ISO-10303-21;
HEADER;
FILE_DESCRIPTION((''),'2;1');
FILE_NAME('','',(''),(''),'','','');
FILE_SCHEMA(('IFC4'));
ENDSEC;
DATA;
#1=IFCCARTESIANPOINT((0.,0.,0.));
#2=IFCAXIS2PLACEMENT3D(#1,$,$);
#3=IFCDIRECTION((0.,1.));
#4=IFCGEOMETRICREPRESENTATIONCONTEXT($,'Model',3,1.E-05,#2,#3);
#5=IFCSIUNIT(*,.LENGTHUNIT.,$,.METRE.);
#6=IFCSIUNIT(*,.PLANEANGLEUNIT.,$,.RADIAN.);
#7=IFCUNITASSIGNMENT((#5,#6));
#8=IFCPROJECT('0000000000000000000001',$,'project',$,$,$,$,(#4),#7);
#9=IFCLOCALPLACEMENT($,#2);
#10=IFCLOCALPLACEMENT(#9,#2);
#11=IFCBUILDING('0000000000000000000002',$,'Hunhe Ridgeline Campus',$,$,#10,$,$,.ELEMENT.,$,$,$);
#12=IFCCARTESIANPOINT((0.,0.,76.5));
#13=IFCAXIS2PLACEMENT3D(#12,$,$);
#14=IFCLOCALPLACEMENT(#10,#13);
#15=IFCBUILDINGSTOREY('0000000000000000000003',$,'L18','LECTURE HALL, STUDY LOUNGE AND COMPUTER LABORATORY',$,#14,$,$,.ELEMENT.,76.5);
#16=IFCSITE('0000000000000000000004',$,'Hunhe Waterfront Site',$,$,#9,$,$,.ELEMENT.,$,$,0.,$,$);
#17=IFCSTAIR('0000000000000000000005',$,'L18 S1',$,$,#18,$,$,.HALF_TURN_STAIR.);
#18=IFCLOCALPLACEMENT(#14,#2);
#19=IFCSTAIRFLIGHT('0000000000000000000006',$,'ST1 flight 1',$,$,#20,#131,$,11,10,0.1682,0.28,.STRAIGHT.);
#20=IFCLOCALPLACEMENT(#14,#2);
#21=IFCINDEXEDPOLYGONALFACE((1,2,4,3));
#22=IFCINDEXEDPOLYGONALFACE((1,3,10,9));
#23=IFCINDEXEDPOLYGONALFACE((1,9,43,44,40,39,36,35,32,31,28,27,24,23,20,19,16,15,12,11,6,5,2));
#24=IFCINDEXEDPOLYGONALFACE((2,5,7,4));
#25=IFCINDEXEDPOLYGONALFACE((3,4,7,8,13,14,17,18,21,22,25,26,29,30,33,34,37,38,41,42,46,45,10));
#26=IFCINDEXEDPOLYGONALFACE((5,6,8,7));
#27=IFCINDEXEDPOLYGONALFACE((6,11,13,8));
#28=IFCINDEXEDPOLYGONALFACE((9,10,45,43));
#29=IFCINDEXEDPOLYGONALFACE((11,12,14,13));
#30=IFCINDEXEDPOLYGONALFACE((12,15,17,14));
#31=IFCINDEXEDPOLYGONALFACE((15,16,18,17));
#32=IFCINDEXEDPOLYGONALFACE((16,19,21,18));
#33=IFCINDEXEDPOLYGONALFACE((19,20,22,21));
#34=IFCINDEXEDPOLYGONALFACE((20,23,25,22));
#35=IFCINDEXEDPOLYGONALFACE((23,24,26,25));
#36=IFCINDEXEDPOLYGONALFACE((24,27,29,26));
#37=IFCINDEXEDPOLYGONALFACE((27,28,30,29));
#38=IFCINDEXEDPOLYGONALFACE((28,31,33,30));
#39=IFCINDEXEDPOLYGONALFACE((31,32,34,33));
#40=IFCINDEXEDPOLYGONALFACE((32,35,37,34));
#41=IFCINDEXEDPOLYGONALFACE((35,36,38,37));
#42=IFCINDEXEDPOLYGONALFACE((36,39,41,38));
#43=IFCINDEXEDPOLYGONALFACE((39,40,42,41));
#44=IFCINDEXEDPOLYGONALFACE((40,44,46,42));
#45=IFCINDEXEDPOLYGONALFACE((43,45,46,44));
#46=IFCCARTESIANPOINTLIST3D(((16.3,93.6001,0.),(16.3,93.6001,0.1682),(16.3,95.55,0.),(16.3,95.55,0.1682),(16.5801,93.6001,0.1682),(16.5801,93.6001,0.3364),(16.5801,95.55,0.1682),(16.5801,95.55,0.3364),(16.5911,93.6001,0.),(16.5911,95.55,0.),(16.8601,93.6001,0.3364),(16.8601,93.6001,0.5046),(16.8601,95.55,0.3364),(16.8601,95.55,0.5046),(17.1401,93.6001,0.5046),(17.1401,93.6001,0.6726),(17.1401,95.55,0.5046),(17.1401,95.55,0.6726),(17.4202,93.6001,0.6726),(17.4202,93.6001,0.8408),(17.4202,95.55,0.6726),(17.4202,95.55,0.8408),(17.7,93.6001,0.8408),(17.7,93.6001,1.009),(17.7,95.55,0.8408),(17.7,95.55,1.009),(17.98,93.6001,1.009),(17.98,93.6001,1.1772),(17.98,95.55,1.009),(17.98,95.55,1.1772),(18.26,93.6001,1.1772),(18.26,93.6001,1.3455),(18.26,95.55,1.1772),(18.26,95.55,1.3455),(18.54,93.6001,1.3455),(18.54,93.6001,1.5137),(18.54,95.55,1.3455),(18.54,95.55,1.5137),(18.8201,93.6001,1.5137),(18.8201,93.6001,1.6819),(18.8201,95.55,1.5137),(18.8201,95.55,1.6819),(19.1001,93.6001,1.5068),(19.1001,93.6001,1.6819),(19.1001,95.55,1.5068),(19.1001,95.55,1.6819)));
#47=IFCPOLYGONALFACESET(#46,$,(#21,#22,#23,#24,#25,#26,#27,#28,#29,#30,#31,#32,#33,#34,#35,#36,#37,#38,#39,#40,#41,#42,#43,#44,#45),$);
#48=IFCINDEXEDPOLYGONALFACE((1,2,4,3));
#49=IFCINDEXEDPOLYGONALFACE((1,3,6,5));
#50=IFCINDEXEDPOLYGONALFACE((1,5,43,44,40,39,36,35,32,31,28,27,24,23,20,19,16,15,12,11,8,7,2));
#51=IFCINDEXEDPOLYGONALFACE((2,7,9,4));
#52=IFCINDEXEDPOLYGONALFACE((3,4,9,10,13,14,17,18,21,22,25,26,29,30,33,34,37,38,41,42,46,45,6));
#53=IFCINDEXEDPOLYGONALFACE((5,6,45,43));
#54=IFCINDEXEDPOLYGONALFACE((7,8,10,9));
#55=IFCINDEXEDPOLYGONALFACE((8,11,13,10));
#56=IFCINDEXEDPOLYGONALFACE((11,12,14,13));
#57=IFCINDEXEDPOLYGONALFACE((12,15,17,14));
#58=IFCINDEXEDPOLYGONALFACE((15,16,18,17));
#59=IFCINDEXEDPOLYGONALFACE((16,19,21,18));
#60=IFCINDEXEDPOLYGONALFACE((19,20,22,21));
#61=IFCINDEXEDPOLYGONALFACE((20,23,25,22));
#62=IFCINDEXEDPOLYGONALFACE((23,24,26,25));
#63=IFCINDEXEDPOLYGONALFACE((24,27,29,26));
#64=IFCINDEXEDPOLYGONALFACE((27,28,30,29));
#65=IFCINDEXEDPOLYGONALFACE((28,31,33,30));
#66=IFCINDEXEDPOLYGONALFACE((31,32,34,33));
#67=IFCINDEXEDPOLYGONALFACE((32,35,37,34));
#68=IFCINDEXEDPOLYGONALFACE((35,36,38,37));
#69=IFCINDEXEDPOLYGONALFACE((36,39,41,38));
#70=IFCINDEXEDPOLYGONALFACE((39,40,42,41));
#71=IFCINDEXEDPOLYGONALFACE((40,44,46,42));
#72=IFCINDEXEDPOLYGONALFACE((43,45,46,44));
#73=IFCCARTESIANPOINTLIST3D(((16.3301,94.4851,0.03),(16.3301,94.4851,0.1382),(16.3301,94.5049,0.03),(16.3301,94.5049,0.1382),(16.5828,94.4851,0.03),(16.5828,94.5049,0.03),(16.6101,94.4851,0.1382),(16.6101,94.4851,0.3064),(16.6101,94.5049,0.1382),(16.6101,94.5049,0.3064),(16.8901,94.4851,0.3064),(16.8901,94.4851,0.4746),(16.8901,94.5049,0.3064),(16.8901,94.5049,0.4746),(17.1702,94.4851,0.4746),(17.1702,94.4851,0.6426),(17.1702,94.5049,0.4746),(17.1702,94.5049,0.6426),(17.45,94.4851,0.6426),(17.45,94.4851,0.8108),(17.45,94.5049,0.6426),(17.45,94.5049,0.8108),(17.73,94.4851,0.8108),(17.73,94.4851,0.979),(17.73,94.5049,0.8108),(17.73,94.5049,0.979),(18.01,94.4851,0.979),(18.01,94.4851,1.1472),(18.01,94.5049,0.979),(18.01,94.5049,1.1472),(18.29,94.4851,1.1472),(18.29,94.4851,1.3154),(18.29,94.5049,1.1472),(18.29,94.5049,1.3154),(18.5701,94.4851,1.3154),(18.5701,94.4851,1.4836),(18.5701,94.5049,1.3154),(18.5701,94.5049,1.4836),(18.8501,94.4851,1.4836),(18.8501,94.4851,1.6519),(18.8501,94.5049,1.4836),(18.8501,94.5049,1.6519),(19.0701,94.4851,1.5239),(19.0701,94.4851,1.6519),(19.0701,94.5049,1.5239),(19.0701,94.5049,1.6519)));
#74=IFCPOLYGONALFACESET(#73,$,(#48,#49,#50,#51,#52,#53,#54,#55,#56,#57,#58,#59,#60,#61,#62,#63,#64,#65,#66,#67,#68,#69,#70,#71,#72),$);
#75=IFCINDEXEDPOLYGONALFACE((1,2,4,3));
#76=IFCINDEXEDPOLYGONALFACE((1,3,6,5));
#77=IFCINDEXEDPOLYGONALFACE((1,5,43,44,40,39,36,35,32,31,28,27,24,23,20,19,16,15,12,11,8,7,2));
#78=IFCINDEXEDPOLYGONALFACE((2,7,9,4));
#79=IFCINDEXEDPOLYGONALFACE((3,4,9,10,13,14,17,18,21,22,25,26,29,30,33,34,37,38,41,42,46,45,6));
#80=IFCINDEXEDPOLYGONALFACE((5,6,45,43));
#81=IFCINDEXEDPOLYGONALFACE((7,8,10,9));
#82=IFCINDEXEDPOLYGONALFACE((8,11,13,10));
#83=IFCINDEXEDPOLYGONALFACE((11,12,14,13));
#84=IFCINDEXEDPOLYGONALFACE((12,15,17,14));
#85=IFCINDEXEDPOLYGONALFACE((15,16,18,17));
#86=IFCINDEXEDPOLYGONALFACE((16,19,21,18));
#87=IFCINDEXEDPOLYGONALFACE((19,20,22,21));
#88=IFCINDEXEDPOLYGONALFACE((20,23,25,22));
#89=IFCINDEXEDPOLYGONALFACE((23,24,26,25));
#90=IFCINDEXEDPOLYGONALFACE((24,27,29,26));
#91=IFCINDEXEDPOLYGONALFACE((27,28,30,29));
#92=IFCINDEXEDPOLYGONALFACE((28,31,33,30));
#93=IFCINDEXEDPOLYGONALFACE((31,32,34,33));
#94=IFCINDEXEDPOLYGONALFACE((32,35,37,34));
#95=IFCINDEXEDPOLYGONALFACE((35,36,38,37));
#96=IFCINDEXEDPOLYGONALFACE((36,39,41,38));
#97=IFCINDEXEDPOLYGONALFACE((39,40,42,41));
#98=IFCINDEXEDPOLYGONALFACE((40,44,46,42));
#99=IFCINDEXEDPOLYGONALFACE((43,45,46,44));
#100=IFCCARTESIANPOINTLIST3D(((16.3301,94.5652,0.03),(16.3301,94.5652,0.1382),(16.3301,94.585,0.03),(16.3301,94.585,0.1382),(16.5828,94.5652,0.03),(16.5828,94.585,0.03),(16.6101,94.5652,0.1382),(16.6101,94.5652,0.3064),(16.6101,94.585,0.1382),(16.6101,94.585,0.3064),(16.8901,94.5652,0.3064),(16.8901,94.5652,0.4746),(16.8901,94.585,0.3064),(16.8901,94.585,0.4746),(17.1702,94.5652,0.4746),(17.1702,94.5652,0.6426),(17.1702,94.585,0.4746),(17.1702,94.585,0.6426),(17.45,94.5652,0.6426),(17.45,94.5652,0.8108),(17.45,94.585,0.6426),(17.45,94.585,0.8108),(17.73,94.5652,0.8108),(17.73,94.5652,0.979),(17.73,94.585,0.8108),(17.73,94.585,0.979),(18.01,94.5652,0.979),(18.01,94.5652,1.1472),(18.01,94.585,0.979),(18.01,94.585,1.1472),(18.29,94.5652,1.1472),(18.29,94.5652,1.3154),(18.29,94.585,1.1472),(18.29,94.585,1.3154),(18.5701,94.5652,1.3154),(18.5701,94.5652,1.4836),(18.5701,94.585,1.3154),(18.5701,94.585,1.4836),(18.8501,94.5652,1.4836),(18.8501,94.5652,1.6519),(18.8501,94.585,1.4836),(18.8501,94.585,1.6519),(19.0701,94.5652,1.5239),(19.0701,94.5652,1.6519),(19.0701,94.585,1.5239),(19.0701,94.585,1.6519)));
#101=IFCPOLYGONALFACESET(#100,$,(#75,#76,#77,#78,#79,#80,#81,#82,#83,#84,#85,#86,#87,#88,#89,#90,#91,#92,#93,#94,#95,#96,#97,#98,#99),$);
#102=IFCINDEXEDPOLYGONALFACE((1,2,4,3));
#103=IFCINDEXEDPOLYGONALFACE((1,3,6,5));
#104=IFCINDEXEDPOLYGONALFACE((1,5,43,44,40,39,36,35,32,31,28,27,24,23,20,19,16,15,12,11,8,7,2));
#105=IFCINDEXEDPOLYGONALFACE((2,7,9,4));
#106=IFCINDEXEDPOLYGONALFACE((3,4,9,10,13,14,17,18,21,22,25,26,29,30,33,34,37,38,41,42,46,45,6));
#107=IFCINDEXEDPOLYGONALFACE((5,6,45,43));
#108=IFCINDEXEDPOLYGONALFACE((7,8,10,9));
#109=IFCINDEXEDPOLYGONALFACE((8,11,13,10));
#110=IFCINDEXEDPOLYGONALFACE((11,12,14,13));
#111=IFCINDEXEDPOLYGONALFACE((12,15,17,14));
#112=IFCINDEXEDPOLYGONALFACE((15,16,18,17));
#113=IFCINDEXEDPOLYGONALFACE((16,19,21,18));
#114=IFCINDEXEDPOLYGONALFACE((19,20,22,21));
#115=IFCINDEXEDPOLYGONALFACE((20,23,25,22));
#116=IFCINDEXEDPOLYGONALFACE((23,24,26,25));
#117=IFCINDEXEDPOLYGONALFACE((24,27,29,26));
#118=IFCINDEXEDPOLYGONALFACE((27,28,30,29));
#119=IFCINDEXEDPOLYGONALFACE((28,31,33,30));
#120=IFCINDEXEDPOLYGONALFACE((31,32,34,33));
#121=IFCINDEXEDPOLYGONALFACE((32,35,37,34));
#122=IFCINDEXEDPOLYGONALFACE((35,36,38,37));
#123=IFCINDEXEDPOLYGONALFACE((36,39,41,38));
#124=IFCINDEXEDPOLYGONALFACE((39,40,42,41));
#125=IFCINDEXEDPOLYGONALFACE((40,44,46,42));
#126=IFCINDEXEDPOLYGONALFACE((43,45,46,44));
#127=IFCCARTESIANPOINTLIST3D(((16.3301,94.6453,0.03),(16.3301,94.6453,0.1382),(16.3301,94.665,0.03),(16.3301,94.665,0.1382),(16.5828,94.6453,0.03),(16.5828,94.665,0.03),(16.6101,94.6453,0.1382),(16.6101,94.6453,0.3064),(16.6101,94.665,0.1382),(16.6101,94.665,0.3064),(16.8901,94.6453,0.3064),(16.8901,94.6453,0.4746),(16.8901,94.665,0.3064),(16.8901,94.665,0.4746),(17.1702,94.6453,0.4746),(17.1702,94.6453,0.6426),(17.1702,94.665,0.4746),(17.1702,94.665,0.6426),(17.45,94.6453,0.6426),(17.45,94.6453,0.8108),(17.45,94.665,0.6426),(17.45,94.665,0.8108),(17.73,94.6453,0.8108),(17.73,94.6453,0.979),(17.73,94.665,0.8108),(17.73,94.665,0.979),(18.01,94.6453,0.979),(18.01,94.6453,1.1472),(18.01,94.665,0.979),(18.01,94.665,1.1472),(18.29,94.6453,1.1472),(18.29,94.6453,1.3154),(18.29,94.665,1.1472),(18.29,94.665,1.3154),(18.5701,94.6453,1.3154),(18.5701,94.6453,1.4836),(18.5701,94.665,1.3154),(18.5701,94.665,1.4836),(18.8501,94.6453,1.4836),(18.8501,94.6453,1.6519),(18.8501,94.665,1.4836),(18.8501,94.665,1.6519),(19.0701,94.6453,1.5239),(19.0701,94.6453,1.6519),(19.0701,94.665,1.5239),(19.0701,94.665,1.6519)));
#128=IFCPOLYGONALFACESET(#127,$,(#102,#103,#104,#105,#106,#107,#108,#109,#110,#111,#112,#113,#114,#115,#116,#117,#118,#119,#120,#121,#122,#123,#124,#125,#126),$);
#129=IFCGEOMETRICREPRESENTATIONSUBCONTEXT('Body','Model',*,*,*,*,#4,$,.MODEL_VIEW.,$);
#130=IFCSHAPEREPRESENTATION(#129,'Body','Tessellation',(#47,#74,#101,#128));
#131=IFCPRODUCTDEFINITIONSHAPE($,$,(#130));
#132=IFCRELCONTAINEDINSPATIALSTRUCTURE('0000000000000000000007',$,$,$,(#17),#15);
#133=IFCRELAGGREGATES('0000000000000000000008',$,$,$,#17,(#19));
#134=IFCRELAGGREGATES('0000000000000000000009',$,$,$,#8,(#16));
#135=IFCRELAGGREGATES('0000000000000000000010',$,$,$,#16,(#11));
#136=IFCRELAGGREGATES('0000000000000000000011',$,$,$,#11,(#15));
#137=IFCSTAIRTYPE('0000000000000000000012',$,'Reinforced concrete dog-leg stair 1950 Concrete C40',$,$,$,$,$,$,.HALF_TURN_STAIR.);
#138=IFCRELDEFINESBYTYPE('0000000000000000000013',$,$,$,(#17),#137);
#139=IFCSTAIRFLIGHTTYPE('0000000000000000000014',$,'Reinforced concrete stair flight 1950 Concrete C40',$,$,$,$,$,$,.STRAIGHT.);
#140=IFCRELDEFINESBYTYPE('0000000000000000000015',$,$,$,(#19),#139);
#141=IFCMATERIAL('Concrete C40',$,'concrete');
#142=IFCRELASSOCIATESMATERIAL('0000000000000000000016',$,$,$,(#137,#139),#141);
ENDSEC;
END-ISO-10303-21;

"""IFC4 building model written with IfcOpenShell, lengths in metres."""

from ifc_helpers import new_model, si_unit, direction, frame, origin, place, context, subcontext, project, spatial, polyline, outline, extrude, material, type_object, element, aggregate, save


model = new_model("IFC4")

# Units and contexts
model_context = context("Model", 3, precision=1e-05, world=origin(), true_north=direction((0.0, 1.0)))
body_context = subcontext(model_context, "Body", "Model", "MODEL_VIEW")
ifc_project = project(units=[si_unit("LENGTHUNIT", "METRE"), si_unit("PLANEANGLEUNIT", "RADIAN")], contexts=[model_context])

# Site, building, storey
site_placement = place(None, origin())
site = spatial("IfcSite", under=ifc_project, at=site_placement, Name="Hunhe Waterfront Site", CompositionType="ELEMENT", RefElevation=0.0)
building_placement = place(site_placement, origin())
building = spatial("IfcBuilding", under=site, at=building_placement, Name="Hunhe Ridgeline Campus", CompositionType="ELEMENT")
storey_placement = place(building_placement, frame((0.0, 0.0, 76.5)))
storey = spatial("IfcBuildingStorey", under=building, at=storey_placement, Name="L18", Description="LECTURE HALL, STUDY LOUNGE AND COMPUTER LABORATORY", CompositionType="ELEMENT", Elevation=76.5)

# Stair, stair flight
ifc_material_1 = material(Name="Concrete C40", Category="concrete")
stair_type = type_object("IfcStairType", Name="Reinforced concrete dog-leg stair 1950 Concrete C40", PredefinedType="HALF_TURN_STAIR", material=ifc_material_1)
stair_placement = place(storey_placement, origin())
stair = element("IfcStair", 1, at=stair_placement, inside=storey, type_object=stair_type, Name="L18 S1", PredefinedType="HALF_TURN_STAIR")
stair_flight_type = type_object("IfcStairFlightType", Name="Reinforced concrete stair flight 1950 Concrete C40", PredefinedType="STRAIGHT", material=ifc_material_1)
stair_flight_1_placement = place(storey_placement, frame((16.3, 94.575, 0.0), z_axis=(0.0, 0.0, 1.0), x_axis=(1.0, 0.0, 0.0)))
stair_flight_1 = element("IfcStairFlight", 2, at=stair_flight_1_placement, type_object=stair_flight_type, Name="ST1 flight 1", NumberOfRisers=11, NumberOfTreads=10, PredefinedType="STRAIGHT", RiserHeight=0.1682, TreadLength=0.28, context=body_context, shape_type="SweptSolid", body=[
    extrude(outline(polyline([(0.0, 0.0), (0.0, 0.1682), (0.28, 0.1682), (0.28, 0.3364), (0.5601, 0.3364), (0.5601, 0.5046), (0.8401, 0.5046), (0.8401, 0.6726), (1.1201, 0.6726), (1.1201, 0.8408), (1.3999, 0.8408), (1.3999, 1.009), (1.6799, 1.009), (1.6799, 1.1772), (1.96, 1.1772), (1.96, 1.3455), (2.24, 1.3455), (2.24, 1.5137), (2.52, 1.5137), (2.52, 1.6819), (2.8, 1.6819), (2.8, 1.8501), (2.8, 1.5068), (0.291, 0.0), (0.0, 0.0)])), frame((0.0, 0.9751, 0.0), z_axis=(0.0, -1.0, 0.0), x_axis=(1.0, 0.0, 0.0)), (0.0, 0.0, 1.0), 1.95),
    extrude(outline(polyline([(0.03, 0.03), (0.03, 0.1382), (0.3101, 0.1382), (0.3101, 0.3064), (0.5901, 0.3064), (0.5901, 0.4746), (0.8701, 0.4746), (0.8701, 0.6426), (1.1499, 0.6426), (1.1499, 0.8108), (1.4299, 0.8108), (1.4299, 0.979), (1.71, 0.979), (1.71, 1.1472), (1.99, 1.1472), (1.99, 1.3154), (2.27, 1.3154), (2.27, 1.4836), (2.55, 1.4836), (2.55, 1.6519), (2.77, 1.6519), (2.77, 1.5239), (0.2827, 0.03), (0.03, 0.03)])), frame((0.0, -0.0701, 0.0), z_axis=(0.0, -1.0, 0.0), x_axis=(1.0, 0.0, 0.0)), (0.0, 0.0, 1.0), 0.0198),
    extrude(outline(polyline([(0.03, 0.03), (0.03, 0.1382), (0.3101, 0.1382), (0.3101, 0.3064), (0.5901, 0.3064), (0.5901, 0.4746), (0.8701, 0.4746), (0.8701, 0.6426), (1.1499, 0.6426), (1.1499, 0.8108), (1.4299, 0.8108), (1.4299, 0.979), (1.71, 0.979), (1.71, 1.1472), (1.99, 1.1472), (1.99, 1.3154), (2.27, 1.3154), (2.27, 1.4836), (2.55, 1.4836), (2.55, 1.6519), (2.77, 1.6519), (2.77, 1.5239), (0.2827, 0.03), (0.03, 0.03)])), frame((0.0, 0.01, 0.0), z_axis=(0.0, -1.0, 0.0), x_axis=(1.0, 0.0, 0.0)), (0.0, 0.0, 1.0), 0.0198),
    extrude(outline(polyline([(0.03, 0.03), (0.03, 0.1382), (0.3101, 0.1382), (0.3101, 0.3064), (0.5901, 0.3064), (0.5901, 0.4746), (0.8701, 0.4746), (0.8701, 0.6426), (1.1499, 0.6426), (1.1499, 0.8108), (1.4299, 0.8108), (1.4299, 0.979), (1.71, 0.979), (1.71, 1.1472), (1.99, 1.1472), (1.99, 1.3154), (2.27, 1.3154), (2.27, 1.4836), (2.55, 1.4836), (2.55, 1.6519), (2.77, 1.6519), (2.77, 1.5239), (0.2827, 0.03), (0.03, 0.03)])), frame((0.0, 0.0901, 0.0), z_axis=(0.0, -1.0, 0.0), x_axis=(1.0, 0.0, 0.0)), (0.0, 0.0, 1.0), 0.0198),
])
aggregate(stair, [stair_flight_1])

save(model, "model.ifc")
